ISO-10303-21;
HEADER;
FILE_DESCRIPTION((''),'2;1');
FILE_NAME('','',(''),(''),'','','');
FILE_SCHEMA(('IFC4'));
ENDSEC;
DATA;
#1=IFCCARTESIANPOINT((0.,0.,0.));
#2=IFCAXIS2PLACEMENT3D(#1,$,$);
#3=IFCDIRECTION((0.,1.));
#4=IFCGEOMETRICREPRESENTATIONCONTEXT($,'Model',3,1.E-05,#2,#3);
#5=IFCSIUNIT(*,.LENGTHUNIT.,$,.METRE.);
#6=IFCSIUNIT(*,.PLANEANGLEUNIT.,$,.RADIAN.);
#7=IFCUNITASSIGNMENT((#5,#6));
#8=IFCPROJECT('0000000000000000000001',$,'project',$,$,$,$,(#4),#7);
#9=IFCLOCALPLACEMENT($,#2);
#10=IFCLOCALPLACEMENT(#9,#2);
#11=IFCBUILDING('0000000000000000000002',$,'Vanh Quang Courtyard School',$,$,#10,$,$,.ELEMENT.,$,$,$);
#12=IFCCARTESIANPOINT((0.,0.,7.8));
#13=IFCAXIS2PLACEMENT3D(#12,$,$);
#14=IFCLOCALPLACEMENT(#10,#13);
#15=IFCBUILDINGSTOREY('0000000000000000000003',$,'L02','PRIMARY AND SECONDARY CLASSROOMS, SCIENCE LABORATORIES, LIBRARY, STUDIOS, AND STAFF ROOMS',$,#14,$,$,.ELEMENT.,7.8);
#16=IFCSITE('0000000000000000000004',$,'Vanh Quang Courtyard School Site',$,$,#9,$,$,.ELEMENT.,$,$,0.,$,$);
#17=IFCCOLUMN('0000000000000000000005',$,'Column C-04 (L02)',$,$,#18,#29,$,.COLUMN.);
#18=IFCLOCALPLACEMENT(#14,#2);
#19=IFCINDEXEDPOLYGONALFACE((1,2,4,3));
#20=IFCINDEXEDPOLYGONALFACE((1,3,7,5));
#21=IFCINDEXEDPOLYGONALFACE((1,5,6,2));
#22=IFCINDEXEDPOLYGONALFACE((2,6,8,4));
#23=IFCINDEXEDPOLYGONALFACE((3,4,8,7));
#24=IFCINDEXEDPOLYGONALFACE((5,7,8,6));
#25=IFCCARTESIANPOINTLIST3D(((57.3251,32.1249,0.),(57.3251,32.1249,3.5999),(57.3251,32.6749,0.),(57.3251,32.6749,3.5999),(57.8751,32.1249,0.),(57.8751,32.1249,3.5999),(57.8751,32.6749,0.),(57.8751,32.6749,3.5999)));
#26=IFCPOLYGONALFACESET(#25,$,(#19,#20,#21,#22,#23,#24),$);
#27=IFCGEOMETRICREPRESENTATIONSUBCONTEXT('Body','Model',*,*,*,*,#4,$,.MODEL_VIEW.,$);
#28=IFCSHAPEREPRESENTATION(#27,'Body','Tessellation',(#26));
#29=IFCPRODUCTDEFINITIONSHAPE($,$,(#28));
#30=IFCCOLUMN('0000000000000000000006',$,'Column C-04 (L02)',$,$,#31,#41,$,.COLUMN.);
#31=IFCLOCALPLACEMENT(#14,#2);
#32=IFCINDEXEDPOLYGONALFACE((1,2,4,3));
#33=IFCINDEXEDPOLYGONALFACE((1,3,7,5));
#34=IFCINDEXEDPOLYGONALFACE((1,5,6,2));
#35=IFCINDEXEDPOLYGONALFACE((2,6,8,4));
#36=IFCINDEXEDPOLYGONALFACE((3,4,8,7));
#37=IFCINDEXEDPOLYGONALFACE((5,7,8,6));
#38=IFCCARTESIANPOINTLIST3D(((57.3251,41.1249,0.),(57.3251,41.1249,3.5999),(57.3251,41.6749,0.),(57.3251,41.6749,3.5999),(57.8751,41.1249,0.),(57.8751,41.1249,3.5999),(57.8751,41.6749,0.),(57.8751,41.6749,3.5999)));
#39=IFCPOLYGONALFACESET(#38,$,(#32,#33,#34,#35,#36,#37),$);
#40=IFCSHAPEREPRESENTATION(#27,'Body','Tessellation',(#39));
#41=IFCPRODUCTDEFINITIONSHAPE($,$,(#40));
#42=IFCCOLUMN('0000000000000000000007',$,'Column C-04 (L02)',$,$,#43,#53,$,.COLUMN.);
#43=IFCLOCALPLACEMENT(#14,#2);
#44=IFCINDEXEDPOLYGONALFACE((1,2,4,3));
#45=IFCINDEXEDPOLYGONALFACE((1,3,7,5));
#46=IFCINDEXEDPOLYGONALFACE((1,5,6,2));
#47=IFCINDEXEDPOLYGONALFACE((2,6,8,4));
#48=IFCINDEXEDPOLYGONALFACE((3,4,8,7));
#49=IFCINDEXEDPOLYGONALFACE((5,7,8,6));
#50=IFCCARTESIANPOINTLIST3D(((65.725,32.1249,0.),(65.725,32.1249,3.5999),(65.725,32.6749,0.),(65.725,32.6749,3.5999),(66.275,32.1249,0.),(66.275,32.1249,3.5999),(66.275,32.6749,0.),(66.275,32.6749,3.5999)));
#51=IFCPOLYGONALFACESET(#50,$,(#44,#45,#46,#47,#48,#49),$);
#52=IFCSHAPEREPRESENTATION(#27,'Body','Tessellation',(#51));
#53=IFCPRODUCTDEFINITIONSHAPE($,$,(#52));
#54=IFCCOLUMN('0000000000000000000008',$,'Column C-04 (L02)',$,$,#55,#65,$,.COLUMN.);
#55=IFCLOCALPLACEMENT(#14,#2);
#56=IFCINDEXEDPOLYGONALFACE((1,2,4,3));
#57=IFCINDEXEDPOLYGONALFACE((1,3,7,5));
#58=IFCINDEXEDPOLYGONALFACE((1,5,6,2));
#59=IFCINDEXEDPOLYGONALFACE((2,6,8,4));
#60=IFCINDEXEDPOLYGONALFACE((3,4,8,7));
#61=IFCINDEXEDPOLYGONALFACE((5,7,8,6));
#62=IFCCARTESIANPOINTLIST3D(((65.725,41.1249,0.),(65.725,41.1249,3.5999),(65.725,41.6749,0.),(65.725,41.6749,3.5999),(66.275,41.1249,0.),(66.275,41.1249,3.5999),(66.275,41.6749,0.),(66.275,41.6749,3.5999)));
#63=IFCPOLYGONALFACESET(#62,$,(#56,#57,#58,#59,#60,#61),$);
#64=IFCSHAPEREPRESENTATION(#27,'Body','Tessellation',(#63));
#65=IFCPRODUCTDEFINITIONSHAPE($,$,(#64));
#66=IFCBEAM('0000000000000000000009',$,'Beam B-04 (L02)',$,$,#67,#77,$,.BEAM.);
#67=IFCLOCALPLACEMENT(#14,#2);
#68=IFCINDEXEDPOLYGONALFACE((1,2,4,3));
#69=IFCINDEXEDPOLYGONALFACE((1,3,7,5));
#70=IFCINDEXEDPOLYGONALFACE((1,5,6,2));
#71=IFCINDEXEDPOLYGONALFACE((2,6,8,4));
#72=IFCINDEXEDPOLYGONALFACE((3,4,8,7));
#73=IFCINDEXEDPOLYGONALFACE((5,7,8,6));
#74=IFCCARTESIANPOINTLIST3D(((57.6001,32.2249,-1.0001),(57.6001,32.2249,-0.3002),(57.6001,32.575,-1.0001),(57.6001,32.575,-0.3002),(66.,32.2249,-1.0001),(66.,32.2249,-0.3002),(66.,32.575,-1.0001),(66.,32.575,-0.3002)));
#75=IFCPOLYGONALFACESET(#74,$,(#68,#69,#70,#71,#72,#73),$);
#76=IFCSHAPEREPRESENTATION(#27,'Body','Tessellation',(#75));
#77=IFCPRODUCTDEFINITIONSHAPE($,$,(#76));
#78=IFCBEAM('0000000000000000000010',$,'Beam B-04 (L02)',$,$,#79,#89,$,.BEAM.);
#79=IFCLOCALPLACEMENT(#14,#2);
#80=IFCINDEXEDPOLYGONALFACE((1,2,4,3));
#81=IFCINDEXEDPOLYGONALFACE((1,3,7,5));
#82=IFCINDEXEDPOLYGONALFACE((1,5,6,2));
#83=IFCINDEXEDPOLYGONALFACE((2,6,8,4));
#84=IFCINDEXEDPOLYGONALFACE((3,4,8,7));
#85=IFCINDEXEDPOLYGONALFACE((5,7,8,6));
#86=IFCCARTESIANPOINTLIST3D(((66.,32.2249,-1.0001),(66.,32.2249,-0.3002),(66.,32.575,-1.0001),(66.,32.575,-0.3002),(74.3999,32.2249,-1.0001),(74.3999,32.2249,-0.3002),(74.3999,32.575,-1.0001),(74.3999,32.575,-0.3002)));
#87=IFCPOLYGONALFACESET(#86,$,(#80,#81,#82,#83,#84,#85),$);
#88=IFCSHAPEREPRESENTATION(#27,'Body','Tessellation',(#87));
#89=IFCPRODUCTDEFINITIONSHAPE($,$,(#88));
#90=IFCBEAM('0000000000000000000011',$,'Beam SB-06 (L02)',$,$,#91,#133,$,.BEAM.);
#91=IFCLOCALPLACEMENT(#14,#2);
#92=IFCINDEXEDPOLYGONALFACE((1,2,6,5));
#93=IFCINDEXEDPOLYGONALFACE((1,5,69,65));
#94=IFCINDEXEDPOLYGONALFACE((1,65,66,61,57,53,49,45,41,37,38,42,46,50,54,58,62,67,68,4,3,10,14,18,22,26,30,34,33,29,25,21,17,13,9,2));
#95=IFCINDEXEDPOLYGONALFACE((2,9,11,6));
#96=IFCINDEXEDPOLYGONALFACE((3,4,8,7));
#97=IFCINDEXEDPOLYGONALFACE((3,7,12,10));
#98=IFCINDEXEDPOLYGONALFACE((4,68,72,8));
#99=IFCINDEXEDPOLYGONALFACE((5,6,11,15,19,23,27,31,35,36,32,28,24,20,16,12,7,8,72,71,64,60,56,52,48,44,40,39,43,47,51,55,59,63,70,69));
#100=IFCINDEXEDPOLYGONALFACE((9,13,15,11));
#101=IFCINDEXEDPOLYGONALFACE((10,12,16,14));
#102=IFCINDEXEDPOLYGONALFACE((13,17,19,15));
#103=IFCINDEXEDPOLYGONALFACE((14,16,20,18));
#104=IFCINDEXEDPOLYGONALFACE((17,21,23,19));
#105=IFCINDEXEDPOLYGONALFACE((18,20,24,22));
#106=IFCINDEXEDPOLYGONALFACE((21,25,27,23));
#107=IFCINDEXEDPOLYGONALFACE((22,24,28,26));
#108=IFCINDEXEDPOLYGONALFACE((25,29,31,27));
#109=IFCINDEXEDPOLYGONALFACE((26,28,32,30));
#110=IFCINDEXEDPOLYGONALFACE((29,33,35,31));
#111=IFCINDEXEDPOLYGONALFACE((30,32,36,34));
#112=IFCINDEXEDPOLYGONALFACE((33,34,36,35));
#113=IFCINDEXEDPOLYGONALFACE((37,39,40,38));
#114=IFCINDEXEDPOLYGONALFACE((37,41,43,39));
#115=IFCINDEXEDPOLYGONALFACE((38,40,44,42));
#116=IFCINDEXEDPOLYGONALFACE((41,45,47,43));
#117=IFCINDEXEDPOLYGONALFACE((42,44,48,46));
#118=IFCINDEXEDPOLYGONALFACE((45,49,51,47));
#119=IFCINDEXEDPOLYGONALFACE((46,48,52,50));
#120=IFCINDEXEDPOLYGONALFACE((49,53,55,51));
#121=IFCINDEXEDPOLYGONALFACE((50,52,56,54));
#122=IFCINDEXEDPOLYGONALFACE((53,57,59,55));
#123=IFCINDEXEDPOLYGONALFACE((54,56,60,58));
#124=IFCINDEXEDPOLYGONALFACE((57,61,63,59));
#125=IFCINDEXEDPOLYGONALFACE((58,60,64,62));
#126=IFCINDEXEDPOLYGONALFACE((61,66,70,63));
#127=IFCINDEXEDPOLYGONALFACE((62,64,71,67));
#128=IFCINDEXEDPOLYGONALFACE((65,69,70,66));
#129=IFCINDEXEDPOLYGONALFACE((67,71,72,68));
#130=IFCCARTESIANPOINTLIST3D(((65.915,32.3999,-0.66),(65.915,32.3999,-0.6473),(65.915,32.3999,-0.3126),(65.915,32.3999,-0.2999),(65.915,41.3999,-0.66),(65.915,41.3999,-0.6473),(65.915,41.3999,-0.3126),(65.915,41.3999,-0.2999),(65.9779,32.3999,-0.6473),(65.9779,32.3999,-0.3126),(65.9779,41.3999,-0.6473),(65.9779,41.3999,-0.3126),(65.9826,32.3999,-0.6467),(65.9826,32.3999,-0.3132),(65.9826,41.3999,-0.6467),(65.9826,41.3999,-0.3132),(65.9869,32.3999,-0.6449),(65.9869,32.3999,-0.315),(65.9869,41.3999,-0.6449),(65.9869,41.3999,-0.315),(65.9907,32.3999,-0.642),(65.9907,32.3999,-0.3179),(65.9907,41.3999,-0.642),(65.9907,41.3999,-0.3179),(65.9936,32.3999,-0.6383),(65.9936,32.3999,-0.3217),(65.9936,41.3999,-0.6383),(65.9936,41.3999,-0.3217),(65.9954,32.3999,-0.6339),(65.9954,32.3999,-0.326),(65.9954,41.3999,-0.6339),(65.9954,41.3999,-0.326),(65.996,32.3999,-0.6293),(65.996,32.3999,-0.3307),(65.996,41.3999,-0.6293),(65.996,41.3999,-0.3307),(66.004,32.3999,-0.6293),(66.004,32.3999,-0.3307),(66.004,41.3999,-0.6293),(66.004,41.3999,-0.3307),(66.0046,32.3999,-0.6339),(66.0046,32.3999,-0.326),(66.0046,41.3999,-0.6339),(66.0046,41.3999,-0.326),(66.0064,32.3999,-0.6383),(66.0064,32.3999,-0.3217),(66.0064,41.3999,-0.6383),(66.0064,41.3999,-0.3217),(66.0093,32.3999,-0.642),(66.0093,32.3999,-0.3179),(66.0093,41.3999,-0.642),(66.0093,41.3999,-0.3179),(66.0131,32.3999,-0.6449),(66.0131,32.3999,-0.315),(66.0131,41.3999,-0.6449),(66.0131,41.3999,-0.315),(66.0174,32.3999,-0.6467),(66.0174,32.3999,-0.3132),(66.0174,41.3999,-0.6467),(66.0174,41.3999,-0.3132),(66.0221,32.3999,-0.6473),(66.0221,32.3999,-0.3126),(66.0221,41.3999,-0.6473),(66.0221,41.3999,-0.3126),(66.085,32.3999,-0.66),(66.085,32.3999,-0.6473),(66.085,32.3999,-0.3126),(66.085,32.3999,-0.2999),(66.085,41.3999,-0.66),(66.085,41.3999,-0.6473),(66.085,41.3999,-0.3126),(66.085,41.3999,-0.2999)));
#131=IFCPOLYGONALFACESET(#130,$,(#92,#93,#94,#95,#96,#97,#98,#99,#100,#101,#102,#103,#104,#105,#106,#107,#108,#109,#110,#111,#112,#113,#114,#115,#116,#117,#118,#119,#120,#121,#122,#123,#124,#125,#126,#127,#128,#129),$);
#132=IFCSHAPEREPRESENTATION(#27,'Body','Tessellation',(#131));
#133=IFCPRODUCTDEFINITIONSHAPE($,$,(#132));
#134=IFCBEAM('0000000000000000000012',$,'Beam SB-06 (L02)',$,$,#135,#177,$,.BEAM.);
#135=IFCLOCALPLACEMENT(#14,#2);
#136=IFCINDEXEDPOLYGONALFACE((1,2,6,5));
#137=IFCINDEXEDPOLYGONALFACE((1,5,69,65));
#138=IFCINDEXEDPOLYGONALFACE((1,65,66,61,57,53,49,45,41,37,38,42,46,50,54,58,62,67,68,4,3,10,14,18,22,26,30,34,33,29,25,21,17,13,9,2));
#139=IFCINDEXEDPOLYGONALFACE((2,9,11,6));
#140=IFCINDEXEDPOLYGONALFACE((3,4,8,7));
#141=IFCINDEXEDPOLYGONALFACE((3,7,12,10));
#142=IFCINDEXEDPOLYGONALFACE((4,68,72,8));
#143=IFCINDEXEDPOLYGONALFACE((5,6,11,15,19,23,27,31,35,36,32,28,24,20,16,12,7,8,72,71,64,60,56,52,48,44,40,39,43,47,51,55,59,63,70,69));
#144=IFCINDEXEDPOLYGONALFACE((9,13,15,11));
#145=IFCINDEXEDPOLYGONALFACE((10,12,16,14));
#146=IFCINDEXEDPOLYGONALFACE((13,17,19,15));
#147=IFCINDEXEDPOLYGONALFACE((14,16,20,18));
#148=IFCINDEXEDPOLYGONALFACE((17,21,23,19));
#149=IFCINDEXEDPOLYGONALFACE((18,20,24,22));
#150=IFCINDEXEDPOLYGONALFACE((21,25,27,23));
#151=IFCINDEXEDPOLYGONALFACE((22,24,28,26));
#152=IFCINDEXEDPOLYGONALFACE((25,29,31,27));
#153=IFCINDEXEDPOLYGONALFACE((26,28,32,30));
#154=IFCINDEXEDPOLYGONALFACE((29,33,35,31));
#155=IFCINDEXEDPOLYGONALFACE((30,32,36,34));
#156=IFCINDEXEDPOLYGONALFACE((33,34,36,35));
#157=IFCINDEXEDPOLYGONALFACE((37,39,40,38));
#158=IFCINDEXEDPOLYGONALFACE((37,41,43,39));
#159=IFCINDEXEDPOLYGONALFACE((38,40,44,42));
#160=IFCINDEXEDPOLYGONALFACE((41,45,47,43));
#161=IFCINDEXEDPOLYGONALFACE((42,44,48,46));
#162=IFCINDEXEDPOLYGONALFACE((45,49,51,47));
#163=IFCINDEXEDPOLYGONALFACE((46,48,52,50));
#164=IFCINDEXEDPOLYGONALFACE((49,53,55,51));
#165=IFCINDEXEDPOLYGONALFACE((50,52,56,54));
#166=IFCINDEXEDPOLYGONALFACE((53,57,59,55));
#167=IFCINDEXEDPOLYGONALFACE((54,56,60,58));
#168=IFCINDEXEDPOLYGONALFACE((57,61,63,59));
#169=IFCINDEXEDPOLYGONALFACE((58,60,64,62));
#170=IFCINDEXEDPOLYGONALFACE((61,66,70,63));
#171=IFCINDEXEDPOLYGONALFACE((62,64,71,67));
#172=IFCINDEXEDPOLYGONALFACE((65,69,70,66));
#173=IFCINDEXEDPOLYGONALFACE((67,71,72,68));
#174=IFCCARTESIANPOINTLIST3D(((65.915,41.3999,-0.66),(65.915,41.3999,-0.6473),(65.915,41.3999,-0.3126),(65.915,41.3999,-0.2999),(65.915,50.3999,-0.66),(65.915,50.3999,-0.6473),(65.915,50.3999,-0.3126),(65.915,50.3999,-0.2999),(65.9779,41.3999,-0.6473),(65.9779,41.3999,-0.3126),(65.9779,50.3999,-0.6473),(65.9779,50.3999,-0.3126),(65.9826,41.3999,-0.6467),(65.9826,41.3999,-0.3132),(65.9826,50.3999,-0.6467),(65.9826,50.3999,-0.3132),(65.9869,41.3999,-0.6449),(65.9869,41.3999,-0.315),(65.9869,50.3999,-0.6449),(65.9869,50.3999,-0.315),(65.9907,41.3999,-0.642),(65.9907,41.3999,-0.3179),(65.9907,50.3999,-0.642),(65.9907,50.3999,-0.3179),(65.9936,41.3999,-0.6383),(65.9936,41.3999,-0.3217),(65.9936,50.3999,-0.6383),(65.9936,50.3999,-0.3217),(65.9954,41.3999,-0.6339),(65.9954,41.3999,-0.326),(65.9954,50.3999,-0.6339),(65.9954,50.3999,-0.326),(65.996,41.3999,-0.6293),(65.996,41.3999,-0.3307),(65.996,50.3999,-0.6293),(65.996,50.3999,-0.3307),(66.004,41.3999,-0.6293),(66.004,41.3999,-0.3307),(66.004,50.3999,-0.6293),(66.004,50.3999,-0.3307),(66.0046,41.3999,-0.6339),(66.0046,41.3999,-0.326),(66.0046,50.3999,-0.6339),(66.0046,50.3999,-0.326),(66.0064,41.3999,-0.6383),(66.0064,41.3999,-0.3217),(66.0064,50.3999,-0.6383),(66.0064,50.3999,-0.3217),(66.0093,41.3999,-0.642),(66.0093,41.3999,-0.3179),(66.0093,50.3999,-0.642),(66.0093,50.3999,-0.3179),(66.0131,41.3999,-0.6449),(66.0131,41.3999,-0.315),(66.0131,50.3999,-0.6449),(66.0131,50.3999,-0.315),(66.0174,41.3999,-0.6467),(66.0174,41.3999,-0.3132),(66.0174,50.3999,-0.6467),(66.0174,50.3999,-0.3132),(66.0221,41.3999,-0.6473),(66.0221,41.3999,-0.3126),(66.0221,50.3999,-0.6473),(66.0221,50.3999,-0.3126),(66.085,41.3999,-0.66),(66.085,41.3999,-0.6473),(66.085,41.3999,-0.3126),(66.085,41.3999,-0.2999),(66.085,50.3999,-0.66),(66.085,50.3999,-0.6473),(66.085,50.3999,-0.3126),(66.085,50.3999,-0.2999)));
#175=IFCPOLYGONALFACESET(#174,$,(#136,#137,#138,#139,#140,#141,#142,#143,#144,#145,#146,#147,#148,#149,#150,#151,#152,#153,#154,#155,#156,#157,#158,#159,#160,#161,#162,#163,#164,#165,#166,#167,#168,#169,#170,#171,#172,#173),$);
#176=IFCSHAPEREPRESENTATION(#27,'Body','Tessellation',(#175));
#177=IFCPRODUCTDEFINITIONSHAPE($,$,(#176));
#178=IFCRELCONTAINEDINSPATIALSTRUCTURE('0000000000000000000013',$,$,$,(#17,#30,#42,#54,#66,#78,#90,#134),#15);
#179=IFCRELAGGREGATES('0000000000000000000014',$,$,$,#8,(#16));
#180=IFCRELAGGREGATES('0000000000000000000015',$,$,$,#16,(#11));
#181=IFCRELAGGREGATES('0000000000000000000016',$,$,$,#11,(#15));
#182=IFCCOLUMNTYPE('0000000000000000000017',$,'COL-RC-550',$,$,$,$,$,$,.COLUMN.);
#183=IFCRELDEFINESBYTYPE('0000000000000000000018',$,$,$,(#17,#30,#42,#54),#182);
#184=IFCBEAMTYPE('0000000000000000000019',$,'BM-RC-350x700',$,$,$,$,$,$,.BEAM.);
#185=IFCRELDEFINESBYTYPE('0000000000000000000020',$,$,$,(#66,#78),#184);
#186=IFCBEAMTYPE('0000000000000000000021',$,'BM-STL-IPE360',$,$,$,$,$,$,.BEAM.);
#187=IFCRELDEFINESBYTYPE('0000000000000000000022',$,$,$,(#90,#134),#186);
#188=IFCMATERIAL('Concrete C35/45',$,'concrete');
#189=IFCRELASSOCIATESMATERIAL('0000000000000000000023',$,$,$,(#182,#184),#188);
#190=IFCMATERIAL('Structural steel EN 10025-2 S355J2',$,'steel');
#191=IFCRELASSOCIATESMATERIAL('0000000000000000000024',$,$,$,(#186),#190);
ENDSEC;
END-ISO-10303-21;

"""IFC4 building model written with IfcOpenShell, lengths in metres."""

from ifc_helpers import new_model, si_unit, direction, frame, origin, origin_2d, place, context, subcontext, project, spatial, rectangle, i_section, extrude, material, material_profile, profile_set, type_object, element, save


model = new_model("IFC4")

# Units and contexts
model_context = context("Model", 3, precision=1e-05, world=origin(), true_north=direction((0.0, 1.0)))
body_context = subcontext(model_context, "Body", "Model", "MODEL_VIEW")
ifc_project = project(units=[si_unit("LENGTHUNIT", "METRE"), si_unit("PLANEANGLEUNIT", "RADIAN")], contexts=[model_context])

# Site, building, storey
site_placement = place(None, origin())
site = spatial("IfcSite", under=ifc_project, at=site_placement, Name="Vanh Quang Courtyard School Site", CompositionType="ELEMENT", RefElevation=0.0)
building_placement = place(site_placement, origin())
building = spatial("IfcBuilding", under=site, at=building_placement, Name="Vanh Quang Courtyard School", CompositionType="ELEMENT")
storey_placement = place(building_placement, frame((0.0, 0.0, 7.8)))
storey = spatial("IfcBuildingStorey", under=building, at=storey_placement, Name="L02", Description="PRIMARY AND SECONDARY CLASSROOMS, SCIENCE LABORATORIES, LIBRARY, STUDIOS, AND STAFF ROOMS", CompositionType="ELEMENT", Elevation=7.8)

# Columns
ifc_material_1 = material(Name="Concrete C35/45", Category="concrete")
ifc_material_profile_1 = material_profile(ifc_material_1, rectangle(XDim=0.55, YDim=0.55, at=origin_2d()), Name="RC-COL 550x550")
ifc_profile_set_1 = profile_set([ifc_material_profile_1], Name="Concrete C35/45")
column_type = type_object("IfcColumnType", Name="COL-RC-550", PredefinedType="COLUMN", material=ifc_profile_set_1)
for number, where, z_axis, x_axis, name in (
    (1, (57.6001, 32.3999, 0.0), (0.0, 0.0, 1.0), (1.0, 0.0, 0.0), "Column C-04 (L02)"),
    (2, (57.6001, 41.3999, 0.0), (0.0, 0.0, 1.0), (1.0, 0.0, 0.0), "Column C-04 (L02)"),
    (3, (66.0, 32.3999, 0.0), (0.0, 0.0, 1.0), (1.0, 0.0, 0.0), "Column C-04 (L02)"),
    (4, (66.0, 41.3999, 0.0), (0.0, 0.0, 1.0), (1.0, 0.0, 0.0), "Column C-04 (L02)"),
):
    element("IfcColumn", number, at=place(storey_placement, frame(where, z_axis=z_axis, x_axis=x_axis)), inside=storey, type_object=column_type, Name=name, PredefinedType="COLUMN", context=body_context, shape_type="SweptSolid", body=[
        extrude(rectangle(XDim=0.55, YDim=0.55, at=origin_2d()), origin(), (0.0, 0.0, 1.0), 3.5999),
    ])

# Beams
ifc_material_profile_2 = material_profile(ifc_material_1, rectangle(XDim=0.3501, YDim=0.7, at=origin_2d()), Name="RC-BM 350x700")
ifc_profile_set_2 = profile_set([ifc_material_profile_2], Name="Concrete C35/45")
beam_type_1 = type_object("IfcBeamType", Name="BM-RC-350x700", PredefinedType="BEAM", material=ifc_profile_set_2)
for number, where, z_axis, x_axis, name in (
    (5, (57.6001, 32.3999, -0.6501), (1.0, 0.0, 0.0), (0.0, 1.0, 0.0), "Beam B-04 (L02)"),
    (6, (66.0, 32.3999, -0.6501), (1.0, 0.0, 0.0), (0.0, 1.0, 0.0), "Beam B-04 (L02)"),
):
    element("IfcBeam", number, at=place(storey_placement, frame(where, z_axis=z_axis, x_axis=x_axis)), inside=storey, type_object=beam_type_1, Name=name, PredefinedType="BEAM", context=body_context, shape_type="SweptSolid", body=[
        extrude(rectangle(XDim=0.3501, YDim=0.7, at=origin_2d()), origin(), (0.0, 0.0, 1.0), 8.3999),
    ])
ifc_material_2 = material(Name="Structural steel EN 10025-2 S355J2", Category="steel")
ifc_material_profile_3 = material_profile(ifc_material_2, i_section(OverallWidth=0.1699, OverallDepth=0.3601, WebThickness=0.0081, FlangeThickness=0.0127, FilletRadius=0.0181, at=origin_2d()), Name="IPE 360")
ifc_profile_set_3 = profile_set([ifc_material_profile_3], Name="Structural steel EN 10025-2 S355J2")
beam_type_2 = type_object("IfcBeamType", Name="BM-STL-IPE360", PredefinedType="BEAM", material=ifc_profile_set_3)
for number, where, z_axis, x_axis, name in (
    (7, (66.0, 32.3999, -0.48), (0.0, 1.0, 0.0), (-1.0, 0.0, 0.0), "Beam SB-06 (L02)"),
    (8, (66.0, 41.3999, -0.48), (0.0, 1.0, 0.0), (-1.0, 0.0, 0.0), "Beam SB-06 (L02)"),
):
    element("IfcBeam", number, at=place(storey_placement, frame(where, z_axis=z_axis, x_axis=x_axis)), inside=storey, type_object=beam_type_2, Name=name, PredefinedType="BEAM", context=body_context, shape_type="SweptSolid", body=[
        extrude(i_section(OverallWidth=0.1699, OverallDepth=0.3601, WebThickness=0.0081, FlangeThickness=0.0127, FilletRadius=0.0181, at=origin_2d()), origin(), (0.0, 0.0, 1.0), 9.0),
    ])

save(model, "model.ifc")
